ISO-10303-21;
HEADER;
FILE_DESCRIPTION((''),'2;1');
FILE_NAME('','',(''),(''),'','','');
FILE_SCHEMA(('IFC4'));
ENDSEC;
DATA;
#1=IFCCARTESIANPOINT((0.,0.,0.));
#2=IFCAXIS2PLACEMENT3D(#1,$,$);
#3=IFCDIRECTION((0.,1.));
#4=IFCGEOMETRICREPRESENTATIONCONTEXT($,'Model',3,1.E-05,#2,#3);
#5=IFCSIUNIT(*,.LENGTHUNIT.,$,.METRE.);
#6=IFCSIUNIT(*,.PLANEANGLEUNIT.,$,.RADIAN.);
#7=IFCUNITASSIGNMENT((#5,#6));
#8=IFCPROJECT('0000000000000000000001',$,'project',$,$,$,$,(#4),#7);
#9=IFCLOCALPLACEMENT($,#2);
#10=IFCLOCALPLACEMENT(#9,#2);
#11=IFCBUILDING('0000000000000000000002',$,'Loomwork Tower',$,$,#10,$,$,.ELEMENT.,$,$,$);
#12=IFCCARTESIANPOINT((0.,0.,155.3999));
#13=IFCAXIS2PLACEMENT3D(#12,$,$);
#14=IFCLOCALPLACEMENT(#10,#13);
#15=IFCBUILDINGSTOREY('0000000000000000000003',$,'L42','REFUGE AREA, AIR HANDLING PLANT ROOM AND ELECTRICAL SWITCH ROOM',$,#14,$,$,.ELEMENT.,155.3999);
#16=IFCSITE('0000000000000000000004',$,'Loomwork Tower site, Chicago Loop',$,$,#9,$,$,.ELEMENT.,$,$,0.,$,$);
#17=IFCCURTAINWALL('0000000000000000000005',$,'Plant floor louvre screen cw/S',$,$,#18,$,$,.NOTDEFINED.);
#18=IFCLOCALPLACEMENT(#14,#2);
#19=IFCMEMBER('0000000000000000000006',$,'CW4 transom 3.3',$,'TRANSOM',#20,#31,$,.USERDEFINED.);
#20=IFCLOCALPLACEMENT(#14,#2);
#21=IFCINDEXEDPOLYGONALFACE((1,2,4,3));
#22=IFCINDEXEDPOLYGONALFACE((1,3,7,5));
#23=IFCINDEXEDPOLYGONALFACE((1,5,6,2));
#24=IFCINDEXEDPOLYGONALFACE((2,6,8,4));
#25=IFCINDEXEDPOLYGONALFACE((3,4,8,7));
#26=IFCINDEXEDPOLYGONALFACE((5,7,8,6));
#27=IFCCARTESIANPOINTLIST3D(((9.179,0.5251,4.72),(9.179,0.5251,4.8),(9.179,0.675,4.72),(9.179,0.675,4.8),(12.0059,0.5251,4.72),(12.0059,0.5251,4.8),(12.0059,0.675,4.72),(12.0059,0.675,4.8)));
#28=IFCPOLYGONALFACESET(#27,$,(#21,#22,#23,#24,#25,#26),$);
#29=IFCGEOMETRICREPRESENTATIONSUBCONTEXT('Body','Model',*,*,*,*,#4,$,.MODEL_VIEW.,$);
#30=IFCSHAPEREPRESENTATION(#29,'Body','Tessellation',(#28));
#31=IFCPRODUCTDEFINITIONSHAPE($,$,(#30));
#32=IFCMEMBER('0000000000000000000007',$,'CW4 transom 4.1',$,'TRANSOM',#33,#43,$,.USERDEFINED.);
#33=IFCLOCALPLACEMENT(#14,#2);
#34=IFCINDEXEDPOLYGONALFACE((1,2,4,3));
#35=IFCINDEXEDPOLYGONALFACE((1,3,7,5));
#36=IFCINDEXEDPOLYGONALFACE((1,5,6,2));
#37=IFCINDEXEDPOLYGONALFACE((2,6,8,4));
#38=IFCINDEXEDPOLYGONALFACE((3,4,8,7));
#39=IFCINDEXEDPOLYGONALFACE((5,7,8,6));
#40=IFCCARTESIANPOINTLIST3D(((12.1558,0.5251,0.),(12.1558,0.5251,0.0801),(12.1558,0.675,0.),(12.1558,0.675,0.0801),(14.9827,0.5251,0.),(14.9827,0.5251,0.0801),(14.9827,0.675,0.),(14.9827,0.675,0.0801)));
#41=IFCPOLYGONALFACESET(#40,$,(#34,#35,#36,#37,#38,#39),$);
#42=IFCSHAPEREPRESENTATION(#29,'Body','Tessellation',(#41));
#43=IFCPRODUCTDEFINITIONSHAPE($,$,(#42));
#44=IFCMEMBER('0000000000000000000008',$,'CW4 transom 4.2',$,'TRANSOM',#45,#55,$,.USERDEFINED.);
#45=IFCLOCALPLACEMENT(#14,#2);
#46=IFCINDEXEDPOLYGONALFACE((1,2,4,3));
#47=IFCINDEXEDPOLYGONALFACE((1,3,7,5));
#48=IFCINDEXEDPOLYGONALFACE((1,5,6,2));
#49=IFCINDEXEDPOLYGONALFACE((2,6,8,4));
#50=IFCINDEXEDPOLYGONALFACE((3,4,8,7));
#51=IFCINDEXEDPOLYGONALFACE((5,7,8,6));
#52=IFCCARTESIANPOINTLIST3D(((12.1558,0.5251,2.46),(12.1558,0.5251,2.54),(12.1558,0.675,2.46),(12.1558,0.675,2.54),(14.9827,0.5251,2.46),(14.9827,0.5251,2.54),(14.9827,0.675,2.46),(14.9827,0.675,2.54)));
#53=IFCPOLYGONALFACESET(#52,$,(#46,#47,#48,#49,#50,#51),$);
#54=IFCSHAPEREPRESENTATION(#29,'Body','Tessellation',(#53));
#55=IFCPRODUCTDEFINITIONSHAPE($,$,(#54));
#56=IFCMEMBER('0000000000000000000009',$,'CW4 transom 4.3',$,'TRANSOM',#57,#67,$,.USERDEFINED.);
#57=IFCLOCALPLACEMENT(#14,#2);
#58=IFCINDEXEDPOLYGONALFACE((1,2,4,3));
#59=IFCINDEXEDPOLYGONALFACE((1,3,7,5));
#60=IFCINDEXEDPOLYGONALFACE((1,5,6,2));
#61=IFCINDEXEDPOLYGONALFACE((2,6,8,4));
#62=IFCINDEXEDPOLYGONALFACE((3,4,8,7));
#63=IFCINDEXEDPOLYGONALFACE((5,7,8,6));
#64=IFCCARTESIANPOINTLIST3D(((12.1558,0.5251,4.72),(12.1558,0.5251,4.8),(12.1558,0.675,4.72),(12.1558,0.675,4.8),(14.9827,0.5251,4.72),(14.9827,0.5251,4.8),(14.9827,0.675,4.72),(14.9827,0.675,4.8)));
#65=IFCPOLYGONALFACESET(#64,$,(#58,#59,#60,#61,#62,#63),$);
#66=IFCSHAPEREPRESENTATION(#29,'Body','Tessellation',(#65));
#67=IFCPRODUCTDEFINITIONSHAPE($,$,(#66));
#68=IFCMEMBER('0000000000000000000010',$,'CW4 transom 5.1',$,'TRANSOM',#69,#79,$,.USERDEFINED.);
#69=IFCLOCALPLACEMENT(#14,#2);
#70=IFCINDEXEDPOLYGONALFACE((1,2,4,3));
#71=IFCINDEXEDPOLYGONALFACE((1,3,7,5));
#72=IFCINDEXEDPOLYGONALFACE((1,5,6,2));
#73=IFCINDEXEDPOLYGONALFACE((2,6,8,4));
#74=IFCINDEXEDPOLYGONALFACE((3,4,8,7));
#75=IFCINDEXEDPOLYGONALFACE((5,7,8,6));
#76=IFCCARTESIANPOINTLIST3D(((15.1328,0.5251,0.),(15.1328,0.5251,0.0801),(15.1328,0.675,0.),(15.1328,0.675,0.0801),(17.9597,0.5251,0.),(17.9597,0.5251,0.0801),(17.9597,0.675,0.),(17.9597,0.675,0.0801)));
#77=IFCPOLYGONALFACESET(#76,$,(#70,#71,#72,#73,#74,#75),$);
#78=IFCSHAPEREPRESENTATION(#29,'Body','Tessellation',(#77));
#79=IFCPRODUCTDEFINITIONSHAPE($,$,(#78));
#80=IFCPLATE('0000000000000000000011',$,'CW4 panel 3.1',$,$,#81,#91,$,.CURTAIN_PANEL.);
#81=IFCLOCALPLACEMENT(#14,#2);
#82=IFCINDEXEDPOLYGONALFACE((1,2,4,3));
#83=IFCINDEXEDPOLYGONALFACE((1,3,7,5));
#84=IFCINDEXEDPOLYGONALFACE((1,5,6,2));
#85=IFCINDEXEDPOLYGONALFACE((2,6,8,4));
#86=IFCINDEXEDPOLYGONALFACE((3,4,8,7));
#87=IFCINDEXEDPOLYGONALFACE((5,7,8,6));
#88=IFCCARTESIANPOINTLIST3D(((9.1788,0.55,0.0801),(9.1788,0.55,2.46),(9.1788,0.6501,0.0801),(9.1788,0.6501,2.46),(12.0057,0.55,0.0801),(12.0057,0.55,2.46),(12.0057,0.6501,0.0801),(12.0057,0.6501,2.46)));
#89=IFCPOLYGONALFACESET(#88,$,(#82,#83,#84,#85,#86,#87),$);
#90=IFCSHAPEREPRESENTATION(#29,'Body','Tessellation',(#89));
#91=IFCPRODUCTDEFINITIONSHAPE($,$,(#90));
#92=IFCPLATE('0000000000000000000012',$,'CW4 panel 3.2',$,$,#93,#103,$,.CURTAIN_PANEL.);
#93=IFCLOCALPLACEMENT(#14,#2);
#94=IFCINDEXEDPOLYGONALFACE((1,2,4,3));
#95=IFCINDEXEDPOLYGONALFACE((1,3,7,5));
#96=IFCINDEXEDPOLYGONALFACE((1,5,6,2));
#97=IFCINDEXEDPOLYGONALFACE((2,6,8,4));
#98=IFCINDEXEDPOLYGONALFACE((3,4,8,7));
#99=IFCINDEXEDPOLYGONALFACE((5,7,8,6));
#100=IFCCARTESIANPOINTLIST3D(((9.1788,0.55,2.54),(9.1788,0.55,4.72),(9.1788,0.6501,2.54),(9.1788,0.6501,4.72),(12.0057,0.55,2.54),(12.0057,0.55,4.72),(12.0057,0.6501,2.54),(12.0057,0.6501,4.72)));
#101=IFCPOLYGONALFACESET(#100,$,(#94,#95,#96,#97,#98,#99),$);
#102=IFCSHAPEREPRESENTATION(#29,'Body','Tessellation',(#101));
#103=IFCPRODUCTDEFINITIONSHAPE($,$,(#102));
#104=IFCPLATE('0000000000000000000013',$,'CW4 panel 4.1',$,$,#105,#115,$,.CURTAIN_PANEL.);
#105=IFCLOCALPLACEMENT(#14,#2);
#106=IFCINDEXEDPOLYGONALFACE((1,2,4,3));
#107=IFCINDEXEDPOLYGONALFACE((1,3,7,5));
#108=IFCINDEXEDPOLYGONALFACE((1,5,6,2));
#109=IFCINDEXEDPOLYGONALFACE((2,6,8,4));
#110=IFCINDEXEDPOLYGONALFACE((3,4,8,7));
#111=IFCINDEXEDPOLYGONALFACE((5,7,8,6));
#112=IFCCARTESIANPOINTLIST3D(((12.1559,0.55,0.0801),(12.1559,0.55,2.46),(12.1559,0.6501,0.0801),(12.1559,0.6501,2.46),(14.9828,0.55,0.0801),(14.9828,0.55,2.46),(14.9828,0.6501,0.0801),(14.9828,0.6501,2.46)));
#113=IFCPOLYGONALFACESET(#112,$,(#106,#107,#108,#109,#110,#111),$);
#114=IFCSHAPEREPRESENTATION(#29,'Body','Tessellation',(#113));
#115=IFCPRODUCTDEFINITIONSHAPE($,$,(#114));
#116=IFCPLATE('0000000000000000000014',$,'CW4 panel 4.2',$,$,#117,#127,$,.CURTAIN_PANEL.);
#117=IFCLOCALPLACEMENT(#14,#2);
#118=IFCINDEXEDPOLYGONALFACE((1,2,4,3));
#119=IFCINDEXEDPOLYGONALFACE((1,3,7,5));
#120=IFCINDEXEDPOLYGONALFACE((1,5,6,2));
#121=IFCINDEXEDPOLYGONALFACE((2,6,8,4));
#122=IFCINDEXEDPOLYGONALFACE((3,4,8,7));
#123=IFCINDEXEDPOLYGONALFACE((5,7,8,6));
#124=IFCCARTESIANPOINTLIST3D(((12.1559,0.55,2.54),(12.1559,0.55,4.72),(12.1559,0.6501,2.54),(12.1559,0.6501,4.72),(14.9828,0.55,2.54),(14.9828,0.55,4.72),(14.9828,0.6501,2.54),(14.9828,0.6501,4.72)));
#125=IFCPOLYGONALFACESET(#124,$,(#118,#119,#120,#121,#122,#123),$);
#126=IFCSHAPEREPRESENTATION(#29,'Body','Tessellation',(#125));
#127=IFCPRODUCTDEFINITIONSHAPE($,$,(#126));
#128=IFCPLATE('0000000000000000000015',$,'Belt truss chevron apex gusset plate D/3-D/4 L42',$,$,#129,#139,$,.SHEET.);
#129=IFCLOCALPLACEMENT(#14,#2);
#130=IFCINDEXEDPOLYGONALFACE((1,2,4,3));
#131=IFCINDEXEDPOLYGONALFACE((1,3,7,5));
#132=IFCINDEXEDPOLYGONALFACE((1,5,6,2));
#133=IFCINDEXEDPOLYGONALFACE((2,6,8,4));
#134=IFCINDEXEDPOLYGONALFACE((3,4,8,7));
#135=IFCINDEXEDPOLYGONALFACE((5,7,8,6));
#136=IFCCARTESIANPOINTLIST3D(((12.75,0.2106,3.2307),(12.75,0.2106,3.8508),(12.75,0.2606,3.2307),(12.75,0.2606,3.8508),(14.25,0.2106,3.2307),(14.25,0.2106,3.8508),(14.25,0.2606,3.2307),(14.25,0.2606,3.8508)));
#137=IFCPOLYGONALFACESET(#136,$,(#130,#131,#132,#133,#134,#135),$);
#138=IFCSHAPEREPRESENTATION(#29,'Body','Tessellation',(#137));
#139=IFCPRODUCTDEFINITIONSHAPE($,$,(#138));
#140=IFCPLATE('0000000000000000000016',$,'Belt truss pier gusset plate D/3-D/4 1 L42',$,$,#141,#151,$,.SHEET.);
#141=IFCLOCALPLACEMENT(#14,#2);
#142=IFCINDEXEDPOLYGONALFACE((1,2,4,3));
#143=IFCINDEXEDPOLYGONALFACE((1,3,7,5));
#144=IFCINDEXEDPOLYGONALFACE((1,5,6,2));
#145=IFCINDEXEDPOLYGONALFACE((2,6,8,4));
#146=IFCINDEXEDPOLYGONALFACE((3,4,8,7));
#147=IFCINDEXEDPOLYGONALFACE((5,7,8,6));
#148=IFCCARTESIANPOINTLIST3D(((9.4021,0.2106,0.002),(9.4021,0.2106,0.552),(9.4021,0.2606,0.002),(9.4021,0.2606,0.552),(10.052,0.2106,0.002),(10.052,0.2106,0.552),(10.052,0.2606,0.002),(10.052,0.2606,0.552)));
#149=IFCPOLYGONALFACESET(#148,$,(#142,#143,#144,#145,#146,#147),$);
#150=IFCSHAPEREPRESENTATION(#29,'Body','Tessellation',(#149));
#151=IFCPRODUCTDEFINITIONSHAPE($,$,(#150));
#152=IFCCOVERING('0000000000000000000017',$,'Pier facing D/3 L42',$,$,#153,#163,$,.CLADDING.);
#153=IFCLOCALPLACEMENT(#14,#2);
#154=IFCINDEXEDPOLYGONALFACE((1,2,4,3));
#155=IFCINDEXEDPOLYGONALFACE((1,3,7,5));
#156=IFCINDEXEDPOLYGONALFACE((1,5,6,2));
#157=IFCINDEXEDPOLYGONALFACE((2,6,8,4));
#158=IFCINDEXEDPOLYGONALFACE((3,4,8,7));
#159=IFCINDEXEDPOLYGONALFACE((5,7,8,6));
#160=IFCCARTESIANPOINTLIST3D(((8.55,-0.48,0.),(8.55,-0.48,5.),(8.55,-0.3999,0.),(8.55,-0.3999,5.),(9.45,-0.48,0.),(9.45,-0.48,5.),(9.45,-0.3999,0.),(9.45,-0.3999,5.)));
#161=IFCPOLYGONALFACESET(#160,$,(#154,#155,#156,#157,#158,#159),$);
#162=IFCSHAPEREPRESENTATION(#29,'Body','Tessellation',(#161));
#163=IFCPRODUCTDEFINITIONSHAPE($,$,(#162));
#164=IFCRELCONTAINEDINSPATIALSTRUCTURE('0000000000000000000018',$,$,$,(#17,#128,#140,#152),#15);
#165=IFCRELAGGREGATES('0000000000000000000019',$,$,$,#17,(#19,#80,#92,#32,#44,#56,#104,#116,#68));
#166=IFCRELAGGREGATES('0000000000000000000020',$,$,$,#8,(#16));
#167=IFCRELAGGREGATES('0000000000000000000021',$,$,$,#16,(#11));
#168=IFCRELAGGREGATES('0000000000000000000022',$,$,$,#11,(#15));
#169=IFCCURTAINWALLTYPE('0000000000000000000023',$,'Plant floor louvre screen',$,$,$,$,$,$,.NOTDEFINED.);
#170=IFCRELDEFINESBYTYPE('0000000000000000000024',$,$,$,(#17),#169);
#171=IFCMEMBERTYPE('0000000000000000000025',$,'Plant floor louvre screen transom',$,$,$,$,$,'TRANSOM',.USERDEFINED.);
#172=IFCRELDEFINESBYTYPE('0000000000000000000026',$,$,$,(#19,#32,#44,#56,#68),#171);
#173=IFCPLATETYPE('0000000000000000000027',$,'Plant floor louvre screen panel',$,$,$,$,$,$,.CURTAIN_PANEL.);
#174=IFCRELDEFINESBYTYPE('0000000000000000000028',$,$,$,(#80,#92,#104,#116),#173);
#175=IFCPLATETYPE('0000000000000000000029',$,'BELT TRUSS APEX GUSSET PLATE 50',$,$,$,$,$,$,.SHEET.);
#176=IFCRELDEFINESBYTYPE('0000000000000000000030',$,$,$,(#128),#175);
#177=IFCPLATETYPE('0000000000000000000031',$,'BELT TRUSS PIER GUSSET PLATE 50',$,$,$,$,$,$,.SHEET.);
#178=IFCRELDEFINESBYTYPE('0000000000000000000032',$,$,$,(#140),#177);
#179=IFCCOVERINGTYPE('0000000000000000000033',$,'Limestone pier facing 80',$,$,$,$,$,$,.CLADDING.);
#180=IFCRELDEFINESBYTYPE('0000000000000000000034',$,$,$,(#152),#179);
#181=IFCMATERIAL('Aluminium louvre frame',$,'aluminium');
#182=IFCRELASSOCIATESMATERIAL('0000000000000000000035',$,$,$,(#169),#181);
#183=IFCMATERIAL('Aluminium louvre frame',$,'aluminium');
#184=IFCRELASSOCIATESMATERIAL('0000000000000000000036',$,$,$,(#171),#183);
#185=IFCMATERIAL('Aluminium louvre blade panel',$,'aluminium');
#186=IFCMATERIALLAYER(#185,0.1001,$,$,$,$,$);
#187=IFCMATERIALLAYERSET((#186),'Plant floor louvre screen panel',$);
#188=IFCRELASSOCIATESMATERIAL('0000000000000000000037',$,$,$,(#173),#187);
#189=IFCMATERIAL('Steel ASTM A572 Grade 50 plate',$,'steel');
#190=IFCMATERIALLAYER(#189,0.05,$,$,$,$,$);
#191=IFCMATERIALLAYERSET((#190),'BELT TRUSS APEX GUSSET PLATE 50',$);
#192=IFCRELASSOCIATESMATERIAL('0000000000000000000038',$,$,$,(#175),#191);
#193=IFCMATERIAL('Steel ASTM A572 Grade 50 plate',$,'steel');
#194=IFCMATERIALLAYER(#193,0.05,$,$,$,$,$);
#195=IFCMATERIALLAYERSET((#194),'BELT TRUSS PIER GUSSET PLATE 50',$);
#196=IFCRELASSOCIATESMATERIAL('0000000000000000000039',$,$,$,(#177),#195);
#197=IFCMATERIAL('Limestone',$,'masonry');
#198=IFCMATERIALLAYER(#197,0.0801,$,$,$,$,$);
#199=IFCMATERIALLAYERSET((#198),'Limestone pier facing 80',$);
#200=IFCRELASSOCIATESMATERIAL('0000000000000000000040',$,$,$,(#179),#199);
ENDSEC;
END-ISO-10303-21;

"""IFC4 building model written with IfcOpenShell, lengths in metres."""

from ifc_helpers import new_model, si_unit, direction, frame, origin, origin_2d, place, context, subcontext, project, spatial, rectangle, extrude, material, layer, layer_set, material_profile, profile_set, type_object, element, aggregate, save


model = new_model("IFC4")

# Units and contexts
model_context = context("Model", 3, precision=1e-05, world=origin(), true_north=direction((0.0, 1.0)))
body_context = subcontext(model_context, "Body", "Model", "MODEL_VIEW")
ifc_project = project(units=[si_unit("LENGTHUNIT", "METRE"), si_unit("PLANEANGLEUNIT", "RADIAN")], contexts=[model_context])

# Site, building, storey
site_placement = place(None, origin())
site = spatial("IfcSite", under=ifc_project, at=site_placement, Name="Loomwork Tower site, Chicago Loop", CompositionType="ELEMENT", RefElevation=0.0)
building_placement = place(site_placement, origin())
building = spatial("IfcBuilding", under=site, at=building_placement, Name="Loomwork Tower", CompositionType="ELEMENT")
storey_placement = place(building_placement, frame((0.0, 0.0, 155.3999)))
storey = spatial("IfcBuildingStorey", under=building, at=storey_placement, Name="L42", Description="REFUGE AREA, AIR HANDLING PLANT ROOM AND ELECTRICAL SWITCH ROOM", CompositionType="ELEMENT", Elevation=155.3999)

# Curtain wall, members, plates
ifc_material_1 = material(Name="Aluminium louvre frame", Category="aluminium")
curtain_wall_type = type_object("IfcCurtainWallType", Name="Plant floor louvre screen", PredefinedType="NOTDEFINED", material=ifc_material_1)
curtain_wall_placement = place(storey_placement, origin())
curtain_wall = element("IfcCurtainWall", 1, at=curtain_wall_placement, inside=storey, type_object=curtain_wall_type, Name="Plant floor louvre screen cw/S", PredefinedType="NOTDEFINED")
ifc_material_2 = material(Name="Aluminium louvre frame", Category="aluminium")
ifc_material_profile_1 = material_profile(ifc_material_2, rectangle(XDim=0.1499, YDim=0.0801, at=origin_2d()), Name="AL 80x150")
ifc_profile_set_1 = profile_set([ifc_material_profile_1], Name="Aluminium louvre frame")
member_type_1 = type_object("IfcMemberType", Name="Plant floor louvre screen transom", ElementType="TRANSOM", PredefinedType="USERDEFINED", material=ifc_profile_set_1)
member_1_placement = place(storey_placement, frame((9.179, 0.6001, 4.76), z_axis=(1.0, 0.0, 0.0), x_axis=(0.0, 1.0, 0.0)))
member_1 = element("IfcMember", 2, at=member_1_placement, type_object=member_type_1, Name="CW4 transom 3.3", ObjectType="TRANSOM", PredefinedType="USERDEFINED", context=body_context, shape_type="SweptSolid", body=[
    extrude(rectangle(XDim=0.1499, YDim=0.0801, at=origin_2d()), origin(), (0.0, 0.0, 1.0), 2.8269),
])
member_2_placement = place(storey_placement, frame((12.1558, 0.6001, 0.04), z_axis=(1.0, 0.0, 0.0), x_axis=(0.0, 1.0, 0.0)))
member_2 = element("IfcMember", 3, at=member_2_placement, type_object=member_type_1, Name="CW4 transom 4.1", ObjectType="TRANSOM", PredefinedType="USERDEFINED", context=body_context, shape_type="SweptSolid", body=[
    extrude(rectangle(XDim=0.1499, YDim=0.0801, at=origin_2d()), origin(), (0.0, 0.0, 1.0), 2.8269),
])
member_3_placement = place(storey_placement, frame((12.1558, 0.6001, 2.5), z_axis=(1.0, 0.0, 0.0), x_axis=(0.0, 1.0, 0.0)))
member_3 = element("IfcMember", 4, at=member_3_placement, type_object=member_type_1, Name="CW4 transom 4.2", ObjectType="TRANSOM", PredefinedType="USERDEFINED", context=body_context, shape_type="SweptSolid", body=[
    extrude(rectangle(XDim=0.1499, YDim=0.0801, at=origin_2d()), origin(), (0.0, 0.0, 1.0), 2.8269),
])
member_4_placement = place(storey_placement, frame((12.1558, 0.6001, 4.76), z_axis=(1.0, 0.0, 0.0), x_axis=(0.0, 1.0, 0.0)))
member_4 = element("IfcMember", 5, at=member_4_placement, type_object=member_type_1, Name="CW4 transom 4.3", ObjectType="TRANSOM", PredefinedType="USERDEFINED", context=body_context, shape_type="SweptSolid", body=[
    extrude(rectangle(XDim=0.1499, YDim=0.0801, at=origin_2d()), origin(), (0.0, 0.0, 1.0), 2.8269),
])
member_5_placement = place(storey_placement, frame((15.1328, 0.6001, 0.04), z_axis=(1.0, 0.0, 0.0), x_axis=(0.0, 1.0, 0.0)))
member_5 = element("IfcMember", 6, at=member_5_placement, type_object=member_type_1, Name="CW4 transom 5.1", ObjectType="TRANSOM", PredefinedType="USERDEFINED", context=body_context, shape_type="SweptSolid", body=[
    extrude(rectangle(XDim=0.1499, YDim=0.0801, at=origin_2d()), origin(), (0.0, 0.0, 1.0), 2.8269),
])
ifc_material_3 = material(Name="Aluminium louvre blade panel", Category="aluminium")
ifc_layer_1 = layer(ifc_material_3, 0.1001)
ifc_layer_set_1 = layer_set([ifc_layer_1], Name="Plant floor louvre screen panel")
plate_type_1 = type_object("IfcPlateType", Name="Plant floor louvre screen panel", PredefinedType="CURTAIN_PANEL", material=ifc_layer_set_1)
plate_1_placement = place(storey_placement, frame((10.5923, 0.6001, 0.0801), z_axis=(0.0, 0.0, 1.0), x_axis=(1.0, 0.0, 0.0)))
plate_1 = element("IfcPlate", 7, at=plate_1_placement, type_object=plate_type_1, Name="CW4 panel 3.1", PredefinedType="CURTAIN_PANEL", context=body_context, shape_type="SweptSolid", body=[
    extrude(rectangle(XDim=2.8269, YDim=0.1001, at=origin_2d()), origin(), (0.0, 0.0, 1.0), 2.3799),
])
plate_2_placement = place(storey_placement, frame((10.5923, 0.6001, 2.54), z_axis=(0.0, 0.0, 1.0), x_axis=(1.0, 0.0, 0.0)))
plate_2 = element("IfcPlate", 8, at=plate_2_placement, type_object=plate_type_1, Name="CW4 panel 3.2", PredefinedType="CURTAIN_PANEL", context=body_context, shape_type="SweptSolid", body=[
    extrude(rectangle(XDim=2.8269, YDim=0.1001, at=origin_2d()), origin(), (0.0, 0.0, 1.0), 2.1799),
])
plate_3_placement = place(storey_placement, frame((13.5693, 0.6001, 0.0801), z_axis=(0.0, 0.0, 1.0), x_axis=(1.0, 0.0, 0.0)))
plate_3 = element("IfcPlate", 9, at=plate_3_placement, type_object=plate_type_1, Name="CW4 panel 4.1", PredefinedType="CURTAIN_PANEL", context=body_context, shape_type="SweptSolid", body=[
    extrude(rectangle(XDim=2.8269, YDim=0.1001, at=origin_2d()), origin(), (0.0, 0.0, 1.0), 2.3799),
])
plate_4_placement = place(storey_placement, frame((13.5693, 0.6001, 2.54), z_axis=(0.0, 0.0, 1.0), x_axis=(1.0, 0.0, 0.0)))
plate_4 = element("IfcPlate", 10, at=plate_4_placement, type_object=plate_type_1, Name="CW4 panel 4.2", PredefinedType="CURTAIN_PANEL", context=body_context, shape_type="SweptSolid", body=[
    extrude(rectangle(XDim=2.8269, YDim=0.1001, at=origin_2d()), origin(), (0.0, 0.0, 1.0), 2.1799),
])
aggregate(curtain_wall, [member_1, plate_1, plate_2, member_2, member_3, member_4, plate_3, plate_4, member_5])

# Plates
ifc_material_4 = material(Name="Steel ASTM A572 Grade 50 plate", Category="steel")
ifc_layer_2 = layer(ifc_material_4, 0.05)
ifc_layer_set_2 = layer_set([ifc_layer_2], Name="BELT TRUSS APEX GUSSET PLATE 50")
plate_type_2 = type_object("IfcPlateType", Name="BELT TRUSS APEX GUSSET PLATE 50", PredefinedType="SHEET", material=ifc_layer_set_2)
plate_5_placement = place(storey_placement, frame((13.5, 0.2356, 3.2307), z_axis=(0.0, 0.0, 1.0), x_axis=(1.0, 0.0, 0.0)))
element("IfcPlate", 11, at=plate_5_placement, inside=storey, type_object=plate_type_2, Name="Belt truss chevron apex gusset plate D/3-D/4 L42", PredefinedType="SHEET", context=body_context, shape_type="SweptSolid", body=[
    extrude(rectangle(XDim=1.5, YDim=0.05, at=origin_2d()), origin(), (0.0, 0.0, 1.0), 0.6201),
])
ifc_material_5 = material(Name="Steel ASTM A572 Grade 50 plate", Category="steel")
ifc_layer_3 = layer(ifc_material_5, 0.05)
ifc_layer_set_3 = layer_set([ifc_layer_3], Name="BELT TRUSS PIER GUSSET PLATE 50")
plate_type_3 = type_object("IfcPlateType", Name="BELT TRUSS PIER GUSSET PLATE 50", PredefinedType="SHEET", material=ifc_layer_set_3)
plate_6_placement = place(storey_placement, frame((9.7271, 0.2356, 0.002), z_axis=(0.0, 0.0, 1.0), x_axis=(1.0, 0.0, 0.0)))
element("IfcPlate", 12, at=plate_6_placement, inside=storey, type_object=plate_type_3, Name="Belt truss pier gusset plate D/3-D/4 1 L42", PredefinedType="SHEET", context=body_context, shape_type="SweptSolid", body=[
    extrude(rectangle(XDim=0.6499, YDim=0.05, at=origin_2d()), origin(), (0.0, 0.0, 1.0), 0.55),
])

# Covering
ifc_material_6 = material(Name="Limestone", Category="masonry")
ifc_layer_4 = layer(ifc_material_6, 0.0801)
ifc_layer_set_4 = layer_set([ifc_layer_4], Name="Limestone pier facing 80")
covering_type = type_object("IfcCoveringType", Name="Limestone pier facing 80", PredefinedType="CLADDING", material=ifc_layer_set_4)
covering_placement = place(storey_placement, frame((9.0, -0.4399, 0.0), z_axis=(0.0, 0.0, 1.0), x_axis=(1.0, 0.0, 0.0)))
element("IfcCovering", 13, at=covering_placement, inside=storey, type_object=covering_type, Name="Pier facing D/3 L42", PredefinedType="CLADDING", context=body_context, shape_type="SweptSolid", body=[
    extrude(rectangle(XDim=0.8999, YDim=0.0801, at=origin_2d()), origin(), (0.0, 0.0, 1.0), 5.0),
])

save(model, "model.ifc")
